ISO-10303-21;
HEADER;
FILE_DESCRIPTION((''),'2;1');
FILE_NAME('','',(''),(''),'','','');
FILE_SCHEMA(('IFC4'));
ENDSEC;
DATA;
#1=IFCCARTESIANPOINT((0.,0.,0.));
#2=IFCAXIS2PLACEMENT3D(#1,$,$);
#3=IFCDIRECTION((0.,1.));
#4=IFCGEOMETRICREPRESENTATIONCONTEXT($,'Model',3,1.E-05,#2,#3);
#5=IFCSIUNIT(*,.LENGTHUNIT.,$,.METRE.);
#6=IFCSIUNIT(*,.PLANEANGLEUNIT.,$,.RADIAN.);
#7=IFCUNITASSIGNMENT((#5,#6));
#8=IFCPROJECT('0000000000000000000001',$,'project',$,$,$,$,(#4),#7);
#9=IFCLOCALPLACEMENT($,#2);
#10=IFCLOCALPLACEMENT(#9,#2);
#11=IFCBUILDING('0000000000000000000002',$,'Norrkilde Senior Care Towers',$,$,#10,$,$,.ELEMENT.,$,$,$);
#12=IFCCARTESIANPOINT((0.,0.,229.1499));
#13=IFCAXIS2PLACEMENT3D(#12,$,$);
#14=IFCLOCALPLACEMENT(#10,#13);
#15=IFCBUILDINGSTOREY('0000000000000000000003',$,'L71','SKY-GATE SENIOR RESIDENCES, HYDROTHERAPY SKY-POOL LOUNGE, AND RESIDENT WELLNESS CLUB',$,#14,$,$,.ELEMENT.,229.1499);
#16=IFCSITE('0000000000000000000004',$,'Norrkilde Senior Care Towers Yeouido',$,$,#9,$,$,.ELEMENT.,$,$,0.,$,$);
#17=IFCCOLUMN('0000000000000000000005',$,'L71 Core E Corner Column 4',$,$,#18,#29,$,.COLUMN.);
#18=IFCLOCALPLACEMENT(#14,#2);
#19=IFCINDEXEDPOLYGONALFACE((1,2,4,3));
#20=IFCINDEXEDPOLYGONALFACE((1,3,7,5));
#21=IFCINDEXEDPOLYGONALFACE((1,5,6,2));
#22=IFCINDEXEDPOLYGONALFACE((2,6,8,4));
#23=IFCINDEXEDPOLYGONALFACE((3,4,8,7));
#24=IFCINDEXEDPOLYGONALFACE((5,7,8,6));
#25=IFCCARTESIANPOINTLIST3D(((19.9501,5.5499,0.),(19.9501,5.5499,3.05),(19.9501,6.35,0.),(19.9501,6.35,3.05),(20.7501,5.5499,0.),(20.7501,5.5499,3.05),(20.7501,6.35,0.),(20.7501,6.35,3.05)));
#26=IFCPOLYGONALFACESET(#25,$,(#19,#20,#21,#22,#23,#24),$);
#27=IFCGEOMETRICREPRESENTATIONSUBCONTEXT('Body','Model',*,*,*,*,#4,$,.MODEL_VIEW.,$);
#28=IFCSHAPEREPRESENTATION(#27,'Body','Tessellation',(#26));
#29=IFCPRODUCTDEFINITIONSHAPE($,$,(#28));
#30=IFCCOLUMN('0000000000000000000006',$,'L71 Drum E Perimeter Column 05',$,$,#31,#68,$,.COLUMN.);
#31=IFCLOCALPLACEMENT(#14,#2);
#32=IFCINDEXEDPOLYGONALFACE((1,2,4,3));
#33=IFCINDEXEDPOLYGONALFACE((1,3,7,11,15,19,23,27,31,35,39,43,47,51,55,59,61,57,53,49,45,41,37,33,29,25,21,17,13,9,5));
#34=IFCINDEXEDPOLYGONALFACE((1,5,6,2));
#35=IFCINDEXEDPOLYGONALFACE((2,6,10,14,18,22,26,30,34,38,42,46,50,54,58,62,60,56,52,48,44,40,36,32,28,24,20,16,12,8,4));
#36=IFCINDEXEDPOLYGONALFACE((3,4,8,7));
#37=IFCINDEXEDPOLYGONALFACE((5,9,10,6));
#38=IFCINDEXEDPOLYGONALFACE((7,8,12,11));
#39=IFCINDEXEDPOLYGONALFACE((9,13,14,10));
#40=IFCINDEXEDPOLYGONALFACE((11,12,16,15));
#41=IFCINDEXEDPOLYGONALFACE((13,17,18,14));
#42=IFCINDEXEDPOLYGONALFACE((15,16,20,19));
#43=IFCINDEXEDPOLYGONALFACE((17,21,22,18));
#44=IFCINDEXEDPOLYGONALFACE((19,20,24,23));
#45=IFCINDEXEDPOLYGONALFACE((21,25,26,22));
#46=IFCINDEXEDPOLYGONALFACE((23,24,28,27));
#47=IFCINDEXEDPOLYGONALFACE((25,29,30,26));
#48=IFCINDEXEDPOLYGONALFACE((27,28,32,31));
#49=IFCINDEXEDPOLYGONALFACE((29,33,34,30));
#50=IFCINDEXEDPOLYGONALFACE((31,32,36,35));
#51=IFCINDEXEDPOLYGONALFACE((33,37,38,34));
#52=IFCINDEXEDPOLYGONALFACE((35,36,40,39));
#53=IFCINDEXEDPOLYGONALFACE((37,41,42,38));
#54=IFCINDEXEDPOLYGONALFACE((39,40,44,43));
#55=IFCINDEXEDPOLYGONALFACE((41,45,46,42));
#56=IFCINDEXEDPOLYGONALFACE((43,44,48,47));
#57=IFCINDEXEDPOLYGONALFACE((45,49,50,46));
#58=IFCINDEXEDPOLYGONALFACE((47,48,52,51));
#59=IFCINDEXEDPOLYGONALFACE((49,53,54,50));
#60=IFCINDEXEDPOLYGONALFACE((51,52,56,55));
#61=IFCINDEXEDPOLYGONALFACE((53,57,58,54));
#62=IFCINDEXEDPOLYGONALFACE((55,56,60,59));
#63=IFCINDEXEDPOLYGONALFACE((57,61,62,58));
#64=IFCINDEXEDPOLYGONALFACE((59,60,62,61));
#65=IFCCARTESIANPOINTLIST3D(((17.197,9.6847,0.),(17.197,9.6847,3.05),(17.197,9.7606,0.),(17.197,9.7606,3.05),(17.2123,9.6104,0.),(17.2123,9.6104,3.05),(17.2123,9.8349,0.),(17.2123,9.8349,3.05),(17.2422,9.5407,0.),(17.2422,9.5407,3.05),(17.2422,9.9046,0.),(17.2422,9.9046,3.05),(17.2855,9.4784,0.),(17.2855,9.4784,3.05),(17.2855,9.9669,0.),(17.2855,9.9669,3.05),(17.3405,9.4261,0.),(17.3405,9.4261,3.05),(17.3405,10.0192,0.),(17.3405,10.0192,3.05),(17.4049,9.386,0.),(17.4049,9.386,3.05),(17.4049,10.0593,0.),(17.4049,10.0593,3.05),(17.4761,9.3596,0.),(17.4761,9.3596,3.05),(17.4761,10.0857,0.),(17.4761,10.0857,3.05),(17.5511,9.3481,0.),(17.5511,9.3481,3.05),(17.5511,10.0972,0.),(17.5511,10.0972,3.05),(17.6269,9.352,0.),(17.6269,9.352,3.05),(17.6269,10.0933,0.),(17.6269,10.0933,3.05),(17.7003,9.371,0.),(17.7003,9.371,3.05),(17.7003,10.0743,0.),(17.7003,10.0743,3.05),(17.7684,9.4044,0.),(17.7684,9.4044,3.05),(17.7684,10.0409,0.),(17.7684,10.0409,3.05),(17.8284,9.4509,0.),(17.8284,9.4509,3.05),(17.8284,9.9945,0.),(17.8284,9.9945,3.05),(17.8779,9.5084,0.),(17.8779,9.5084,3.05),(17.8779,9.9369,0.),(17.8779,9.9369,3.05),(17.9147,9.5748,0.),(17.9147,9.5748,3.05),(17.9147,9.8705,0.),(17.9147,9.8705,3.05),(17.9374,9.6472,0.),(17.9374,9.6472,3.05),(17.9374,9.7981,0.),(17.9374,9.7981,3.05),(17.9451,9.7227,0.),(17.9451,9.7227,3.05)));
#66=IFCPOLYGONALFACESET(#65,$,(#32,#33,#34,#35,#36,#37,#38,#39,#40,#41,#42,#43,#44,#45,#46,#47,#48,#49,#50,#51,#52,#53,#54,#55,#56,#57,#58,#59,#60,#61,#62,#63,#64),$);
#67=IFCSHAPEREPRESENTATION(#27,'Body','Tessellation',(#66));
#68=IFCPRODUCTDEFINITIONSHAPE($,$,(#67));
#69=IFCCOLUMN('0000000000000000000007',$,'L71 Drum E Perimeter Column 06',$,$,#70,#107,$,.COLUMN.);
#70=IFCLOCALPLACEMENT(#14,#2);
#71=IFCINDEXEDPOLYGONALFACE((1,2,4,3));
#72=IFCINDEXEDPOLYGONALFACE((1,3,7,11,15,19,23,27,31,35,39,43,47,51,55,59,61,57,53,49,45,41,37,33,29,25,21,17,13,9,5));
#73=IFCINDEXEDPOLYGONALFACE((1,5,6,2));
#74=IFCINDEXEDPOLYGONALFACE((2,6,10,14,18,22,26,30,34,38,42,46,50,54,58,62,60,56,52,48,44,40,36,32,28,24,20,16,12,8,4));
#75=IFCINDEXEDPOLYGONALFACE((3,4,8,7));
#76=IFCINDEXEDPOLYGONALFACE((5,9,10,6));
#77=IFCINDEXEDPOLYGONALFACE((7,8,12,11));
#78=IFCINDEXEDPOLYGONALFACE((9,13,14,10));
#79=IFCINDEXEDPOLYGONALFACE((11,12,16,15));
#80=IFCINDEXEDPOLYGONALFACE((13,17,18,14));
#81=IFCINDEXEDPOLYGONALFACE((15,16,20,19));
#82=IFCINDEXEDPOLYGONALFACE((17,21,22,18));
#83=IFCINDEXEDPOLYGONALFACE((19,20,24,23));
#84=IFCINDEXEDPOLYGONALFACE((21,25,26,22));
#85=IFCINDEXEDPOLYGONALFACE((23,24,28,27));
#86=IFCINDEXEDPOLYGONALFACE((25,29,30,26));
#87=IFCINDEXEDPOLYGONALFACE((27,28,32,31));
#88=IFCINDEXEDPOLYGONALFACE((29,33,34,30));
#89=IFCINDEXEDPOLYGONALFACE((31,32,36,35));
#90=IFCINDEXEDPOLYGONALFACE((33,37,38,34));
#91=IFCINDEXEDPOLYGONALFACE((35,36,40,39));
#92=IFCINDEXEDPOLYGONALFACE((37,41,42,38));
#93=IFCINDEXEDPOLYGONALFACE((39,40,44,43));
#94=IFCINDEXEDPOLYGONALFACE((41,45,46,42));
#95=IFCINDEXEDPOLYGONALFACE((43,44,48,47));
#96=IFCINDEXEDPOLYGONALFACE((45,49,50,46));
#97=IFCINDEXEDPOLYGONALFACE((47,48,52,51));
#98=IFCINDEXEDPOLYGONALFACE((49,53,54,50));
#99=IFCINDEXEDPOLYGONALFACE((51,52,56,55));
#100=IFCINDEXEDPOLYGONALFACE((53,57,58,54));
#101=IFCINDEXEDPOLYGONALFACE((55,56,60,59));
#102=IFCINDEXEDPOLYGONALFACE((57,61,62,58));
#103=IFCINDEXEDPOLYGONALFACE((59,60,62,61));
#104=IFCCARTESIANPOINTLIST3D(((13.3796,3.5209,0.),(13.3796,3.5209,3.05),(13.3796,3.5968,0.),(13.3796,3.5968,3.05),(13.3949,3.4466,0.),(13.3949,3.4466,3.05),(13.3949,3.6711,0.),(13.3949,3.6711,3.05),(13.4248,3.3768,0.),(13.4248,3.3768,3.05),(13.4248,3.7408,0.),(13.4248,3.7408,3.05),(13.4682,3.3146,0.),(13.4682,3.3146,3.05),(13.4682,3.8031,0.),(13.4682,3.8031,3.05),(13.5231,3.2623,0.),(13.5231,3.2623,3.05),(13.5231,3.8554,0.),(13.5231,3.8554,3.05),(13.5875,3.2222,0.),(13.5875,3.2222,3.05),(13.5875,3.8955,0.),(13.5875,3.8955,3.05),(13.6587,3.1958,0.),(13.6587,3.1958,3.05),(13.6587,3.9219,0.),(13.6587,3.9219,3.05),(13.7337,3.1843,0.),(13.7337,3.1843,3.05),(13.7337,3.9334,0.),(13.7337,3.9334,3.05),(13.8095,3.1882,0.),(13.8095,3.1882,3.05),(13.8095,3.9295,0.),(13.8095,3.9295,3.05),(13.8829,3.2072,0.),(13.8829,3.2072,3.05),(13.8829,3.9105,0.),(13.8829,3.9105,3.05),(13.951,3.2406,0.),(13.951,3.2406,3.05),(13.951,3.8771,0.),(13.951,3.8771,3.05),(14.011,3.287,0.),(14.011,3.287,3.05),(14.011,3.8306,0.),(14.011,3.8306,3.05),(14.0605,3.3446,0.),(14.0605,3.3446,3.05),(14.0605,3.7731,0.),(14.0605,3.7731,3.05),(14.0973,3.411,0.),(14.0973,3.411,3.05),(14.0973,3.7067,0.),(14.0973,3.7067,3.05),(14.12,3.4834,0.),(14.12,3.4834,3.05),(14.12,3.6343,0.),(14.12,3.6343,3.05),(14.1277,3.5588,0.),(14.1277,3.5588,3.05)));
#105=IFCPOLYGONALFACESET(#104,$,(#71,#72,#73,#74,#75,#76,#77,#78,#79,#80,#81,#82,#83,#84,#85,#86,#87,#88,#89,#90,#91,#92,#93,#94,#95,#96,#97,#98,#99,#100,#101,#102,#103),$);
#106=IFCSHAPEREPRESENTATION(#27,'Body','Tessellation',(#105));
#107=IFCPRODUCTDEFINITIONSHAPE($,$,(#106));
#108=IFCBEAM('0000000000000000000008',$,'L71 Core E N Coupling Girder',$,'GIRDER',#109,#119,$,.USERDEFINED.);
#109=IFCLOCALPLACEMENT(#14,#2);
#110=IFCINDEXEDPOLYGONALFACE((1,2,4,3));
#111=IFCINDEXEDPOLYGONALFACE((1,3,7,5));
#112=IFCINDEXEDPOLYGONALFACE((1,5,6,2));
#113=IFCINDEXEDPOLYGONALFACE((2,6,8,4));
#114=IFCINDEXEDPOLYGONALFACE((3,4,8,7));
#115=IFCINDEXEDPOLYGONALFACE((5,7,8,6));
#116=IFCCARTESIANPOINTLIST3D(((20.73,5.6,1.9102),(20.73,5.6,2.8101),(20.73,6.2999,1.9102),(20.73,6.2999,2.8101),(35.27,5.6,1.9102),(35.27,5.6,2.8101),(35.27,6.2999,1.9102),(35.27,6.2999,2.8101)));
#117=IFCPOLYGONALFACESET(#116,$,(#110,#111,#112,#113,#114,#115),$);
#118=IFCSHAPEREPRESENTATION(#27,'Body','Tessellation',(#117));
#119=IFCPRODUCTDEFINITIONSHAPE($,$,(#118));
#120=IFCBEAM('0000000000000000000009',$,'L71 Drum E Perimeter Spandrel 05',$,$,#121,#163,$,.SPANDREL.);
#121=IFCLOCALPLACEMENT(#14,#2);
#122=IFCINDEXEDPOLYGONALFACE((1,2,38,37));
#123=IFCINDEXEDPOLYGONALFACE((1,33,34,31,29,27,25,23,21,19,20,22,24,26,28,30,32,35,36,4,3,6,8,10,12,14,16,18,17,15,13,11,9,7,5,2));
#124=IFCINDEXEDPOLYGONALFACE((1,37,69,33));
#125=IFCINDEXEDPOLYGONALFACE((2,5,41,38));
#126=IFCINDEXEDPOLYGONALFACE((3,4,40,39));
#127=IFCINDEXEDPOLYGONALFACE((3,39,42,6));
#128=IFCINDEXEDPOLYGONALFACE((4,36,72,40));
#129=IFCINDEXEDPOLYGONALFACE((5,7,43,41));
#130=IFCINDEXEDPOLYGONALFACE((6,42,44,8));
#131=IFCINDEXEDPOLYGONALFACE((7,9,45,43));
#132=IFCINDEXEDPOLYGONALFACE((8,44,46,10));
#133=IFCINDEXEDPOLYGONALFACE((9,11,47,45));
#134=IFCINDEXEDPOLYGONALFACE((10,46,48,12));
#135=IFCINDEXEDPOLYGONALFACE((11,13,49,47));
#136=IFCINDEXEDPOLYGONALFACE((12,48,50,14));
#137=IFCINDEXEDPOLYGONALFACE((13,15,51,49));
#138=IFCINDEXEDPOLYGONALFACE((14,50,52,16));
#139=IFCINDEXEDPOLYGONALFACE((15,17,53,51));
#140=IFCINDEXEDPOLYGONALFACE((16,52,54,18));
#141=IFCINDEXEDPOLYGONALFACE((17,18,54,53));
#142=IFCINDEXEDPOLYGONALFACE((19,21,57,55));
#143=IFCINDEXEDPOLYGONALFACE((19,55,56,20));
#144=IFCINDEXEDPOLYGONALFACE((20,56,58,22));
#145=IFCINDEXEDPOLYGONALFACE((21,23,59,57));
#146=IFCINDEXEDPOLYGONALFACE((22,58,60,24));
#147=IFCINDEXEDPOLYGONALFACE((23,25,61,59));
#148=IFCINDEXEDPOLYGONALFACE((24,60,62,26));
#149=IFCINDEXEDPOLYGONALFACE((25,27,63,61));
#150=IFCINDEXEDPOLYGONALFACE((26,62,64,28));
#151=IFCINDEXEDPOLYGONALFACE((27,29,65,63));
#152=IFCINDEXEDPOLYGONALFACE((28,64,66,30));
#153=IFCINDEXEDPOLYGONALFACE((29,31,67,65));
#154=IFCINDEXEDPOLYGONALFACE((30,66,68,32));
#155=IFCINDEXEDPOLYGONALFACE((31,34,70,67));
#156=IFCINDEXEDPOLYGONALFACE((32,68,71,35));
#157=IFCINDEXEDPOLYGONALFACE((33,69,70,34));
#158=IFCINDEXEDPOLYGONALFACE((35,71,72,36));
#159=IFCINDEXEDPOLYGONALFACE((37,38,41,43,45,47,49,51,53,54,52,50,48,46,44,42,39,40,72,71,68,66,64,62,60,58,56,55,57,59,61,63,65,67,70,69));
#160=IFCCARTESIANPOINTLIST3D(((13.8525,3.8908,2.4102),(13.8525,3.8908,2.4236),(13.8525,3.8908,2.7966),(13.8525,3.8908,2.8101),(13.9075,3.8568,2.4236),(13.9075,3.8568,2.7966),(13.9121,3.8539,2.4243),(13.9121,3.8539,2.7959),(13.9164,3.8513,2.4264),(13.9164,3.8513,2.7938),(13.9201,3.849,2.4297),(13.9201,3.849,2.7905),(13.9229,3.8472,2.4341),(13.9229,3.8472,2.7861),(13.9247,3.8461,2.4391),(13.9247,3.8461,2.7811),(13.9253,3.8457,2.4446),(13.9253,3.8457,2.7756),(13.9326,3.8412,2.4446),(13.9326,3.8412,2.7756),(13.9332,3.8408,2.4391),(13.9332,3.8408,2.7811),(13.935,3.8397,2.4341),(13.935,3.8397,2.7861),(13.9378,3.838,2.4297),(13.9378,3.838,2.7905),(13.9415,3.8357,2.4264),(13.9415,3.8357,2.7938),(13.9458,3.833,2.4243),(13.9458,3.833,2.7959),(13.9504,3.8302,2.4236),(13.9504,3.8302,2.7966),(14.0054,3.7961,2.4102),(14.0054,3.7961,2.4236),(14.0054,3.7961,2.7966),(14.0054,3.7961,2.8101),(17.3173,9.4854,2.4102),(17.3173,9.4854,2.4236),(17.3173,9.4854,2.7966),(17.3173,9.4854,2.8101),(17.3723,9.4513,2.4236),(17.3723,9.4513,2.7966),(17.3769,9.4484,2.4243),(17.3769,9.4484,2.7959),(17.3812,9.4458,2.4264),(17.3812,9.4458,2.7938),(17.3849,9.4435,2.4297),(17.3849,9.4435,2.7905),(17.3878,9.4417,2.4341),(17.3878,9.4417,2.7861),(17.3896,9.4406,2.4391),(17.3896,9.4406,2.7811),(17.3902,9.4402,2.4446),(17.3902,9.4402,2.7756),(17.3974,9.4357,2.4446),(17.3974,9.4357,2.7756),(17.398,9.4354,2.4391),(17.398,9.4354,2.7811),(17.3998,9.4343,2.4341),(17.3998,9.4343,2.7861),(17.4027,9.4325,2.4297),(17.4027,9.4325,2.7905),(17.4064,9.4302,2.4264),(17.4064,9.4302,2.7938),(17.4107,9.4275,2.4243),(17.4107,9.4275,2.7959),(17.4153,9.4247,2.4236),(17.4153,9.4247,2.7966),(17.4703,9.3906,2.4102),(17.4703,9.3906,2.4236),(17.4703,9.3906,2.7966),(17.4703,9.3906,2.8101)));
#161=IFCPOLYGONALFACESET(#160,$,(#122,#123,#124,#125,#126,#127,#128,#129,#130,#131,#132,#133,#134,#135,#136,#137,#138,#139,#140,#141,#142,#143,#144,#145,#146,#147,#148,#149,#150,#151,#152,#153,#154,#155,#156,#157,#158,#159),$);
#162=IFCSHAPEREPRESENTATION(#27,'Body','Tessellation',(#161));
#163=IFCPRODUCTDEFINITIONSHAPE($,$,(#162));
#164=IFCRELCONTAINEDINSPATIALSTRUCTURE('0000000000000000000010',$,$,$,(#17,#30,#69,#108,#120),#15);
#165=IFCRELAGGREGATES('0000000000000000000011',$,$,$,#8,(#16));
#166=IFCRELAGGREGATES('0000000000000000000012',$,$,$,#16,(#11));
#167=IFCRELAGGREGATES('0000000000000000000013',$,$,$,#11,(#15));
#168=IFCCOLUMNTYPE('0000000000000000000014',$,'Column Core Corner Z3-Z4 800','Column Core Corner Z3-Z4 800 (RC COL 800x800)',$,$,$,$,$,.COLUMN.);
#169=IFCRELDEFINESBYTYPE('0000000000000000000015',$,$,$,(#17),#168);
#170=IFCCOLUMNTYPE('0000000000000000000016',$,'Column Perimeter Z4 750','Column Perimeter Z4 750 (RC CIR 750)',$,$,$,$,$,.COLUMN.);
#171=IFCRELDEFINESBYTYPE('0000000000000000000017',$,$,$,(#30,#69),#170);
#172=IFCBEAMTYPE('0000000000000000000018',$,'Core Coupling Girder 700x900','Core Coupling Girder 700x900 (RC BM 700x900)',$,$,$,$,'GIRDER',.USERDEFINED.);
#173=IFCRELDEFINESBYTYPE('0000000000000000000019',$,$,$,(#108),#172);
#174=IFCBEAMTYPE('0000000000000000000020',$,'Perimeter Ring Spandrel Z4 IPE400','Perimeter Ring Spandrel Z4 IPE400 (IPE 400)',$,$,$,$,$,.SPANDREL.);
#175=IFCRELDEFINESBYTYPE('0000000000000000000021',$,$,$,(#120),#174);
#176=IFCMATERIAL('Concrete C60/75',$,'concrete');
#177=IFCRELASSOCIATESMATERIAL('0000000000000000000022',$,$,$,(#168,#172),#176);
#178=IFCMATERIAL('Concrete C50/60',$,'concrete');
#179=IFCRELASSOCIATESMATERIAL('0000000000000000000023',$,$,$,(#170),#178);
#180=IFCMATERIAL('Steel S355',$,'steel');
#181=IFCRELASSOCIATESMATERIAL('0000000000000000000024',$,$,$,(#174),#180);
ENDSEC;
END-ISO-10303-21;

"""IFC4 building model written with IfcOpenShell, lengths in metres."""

from ifc_helpers import new_model, si_unit, direction, frame, origin, origin_2d, place, context, subcontext, project, spatial, rectangle, circle, i_section, extrude, source, transform, mapped, material, material_profile, profile_set, type_object, type_shapes, element, save


model = new_model("IFC4")

# Units and contexts
model_context = context("Model", 3, precision=1e-05, world=origin(), true_north=direction((0.0, 1.0)))
body_context = subcontext(model_context, "Body", "Model", "MODEL_VIEW")
ifc_project = project(units=[si_unit("LENGTHUNIT", "METRE"), si_unit("PLANEANGLEUNIT", "RADIAN")], contexts=[model_context])

# Site, building, storey
site_placement = place(None, origin())
site = spatial("IfcSite", under=ifc_project, at=site_placement, Name="Norrkilde Senior Care Towers Yeouido", CompositionType="ELEMENT", RefElevation=0.0)
building_placement = place(site_placement, origin())
building = spatial("IfcBuilding", under=site, at=building_placement, Name="Norrkilde Senior Care Towers", CompositionType="ELEMENT")
storey_placement = place(building_placement, frame((0.0, 0.0, 229.1499)))
storey = spatial("IfcBuildingStorey", under=building, at=storey_placement, Name="L71", Description="SKY-GATE SENIOR RESIDENCES, HYDROTHERAPY SKY-POOL LOUNGE, AND RESIDENT WELLNESS CLUB", CompositionType="ELEMENT", Elevation=229.1499)

# Columns
ifc_material_1 = material(Name="Concrete C60/75", Category="concrete")
ifc_material_profile_1 = material_profile(ifc_material_1, rectangle(XDim=0.8, YDim=0.8, at=origin_2d()), Name="RC COL 800x800")
ifc_profile_set_1 = profile_set([ifc_material_profile_1], Name="Concrete C60/75")
column_type_1 = type_object("IfcColumnType", Name="Column Core Corner Z3-Z4 800", Description="Column Core Corner Z3-Z4 800 (RC COL 800x800)", PredefinedType="COLUMN", material=ifc_profile_set_1)
shared_shape_1 = source(origin(), body_context, "Body", "SweptSolid", [
    extrude(rectangle(XDim=0.8, YDim=0.8, at=origin_2d()), origin(), (0.0, 0.0, 1.0), 3.05),
])
type_shapes(column_type_1, [shared_shape_1])
column_placement = place(storey_placement, frame((20.3501, 5.95, 0.0), z_axis=(0.0, 0.0, 1.0), x_axis=(1.0, 0.0, 0.0)))
element("IfcColumn", 1, at=column_placement, inside=storey, type_object=column_type_1, Name="L71 Core E Corner Column 4", PredefinedType="COLUMN", context=body_context, shape_type="MappedRepresentation", body=[
    mapped(shared_shape_1, transform((0.0, 0.0, 0.0), x_axis=(1.0, 0.0, 0.0), y_axis=(0.0, 1.0, 0.0), z_axis=(0.0, 0.0, 1.0), scale=1.0)),
])
ifc_material_2 = material(Name="Concrete C50/60", Category="concrete")
ifc_material_profile_2 = material_profile(ifc_material_2, circle(Radius=0.375, at=origin_2d()), Name="RC CIR 750")
ifc_profile_set_2 = profile_set([ifc_material_profile_2], Name="Concrete C50/60")
column_type_2 = type_object("IfcColumnType", Name="Column Perimeter Z4 750", Description="Column Perimeter Z4 750 (RC CIR 750)", PredefinedType="COLUMN", material=ifc_profile_set_2)
shared_shape_2 = source(origin(), body_context, "Body", "SweptSolid", [
    extrude(circle(Radius=0.375, at=origin_2d()), origin(), (0.0, 0.0, 1.0), 3.05),
])
type_shapes(column_type_2, [shared_shape_2])
for number, where, z_axis, x_axis, name in (
    (2, (17.5701, 9.7227, 0.0), (0.0, 0.0, 1.0), (1.0, 0.0, 0.0), "L71 Drum E Perimeter Column 05"),
    (3, (13.7527, 3.5588, 0.0), (0.0, 0.0, 1.0), (1.0, 0.0, 0.0), "L71 Drum E Perimeter Column 06"),
):
    element("IfcColumn", number, at=place(storey_placement, frame(where, z_axis=z_axis, x_axis=x_axis)), inside=storey, type_object=column_type_2, Name=name, PredefinedType="COLUMN", context=body_context, shape_type="MappedRepresentation", body=[
        mapped(shared_shape_2, transform((0.0, 0.0, 0.0), x_axis=(1.0, 0.0, 0.0), y_axis=(0.0, 1.0, 0.0), z_axis=(0.0, 0.0, 1.0), scale=1.0)),
    ])

# Beams
ifc_material_profile_3 = material_profile(ifc_material_1, rectangle(XDim=0.7, YDim=0.8999, at=origin_2d()), Name="RC BM 700x900")
ifc_profile_set_3 = profile_set([ifc_material_profile_3], Name="Concrete C60/75")
beam_type_1 = type_object("IfcBeamType", Name="Core Coupling Girder 700x900", Description="Core Coupling Girder 700x900 (RC BM 700x900)", ElementType="GIRDER", PredefinedType="USERDEFINED", material=ifc_profile_set_3)
shared_shape_3 = source(origin(), body_context, "Body", "SweptSolid", [
    extrude(rectangle(XDim=0.7, YDim=0.8999, at=origin_2d()), origin(), (0.0, 0.0, 1.0), 14.54),
])
type_shapes(beam_type_1, [shared_shape_3])
beam_1_placement = place(storey_placement, frame((20.73, 5.95, 2.3601), z_axis=(1.0, 0.0, 0.0), x_axis=(0.0, 1.0, 0.0)))
element("IfcBeam", 4, at=beam_1_placement, inside=storey, type_object=beam_type_1, Name="L71 Core E N Coupling Girder", ObjectType="GIRDER", PredefinedType="USERDEFINED", context=body_context, shape_type="MappedRepresentation", body=[
    mapped(shared_shape_3, transform((0.0, 0.0, 0.0), x_axis=(1.0, 0.0, 0.0), y_axis=(0.0, 1.0, 0.0), z_axis=(0.0, 0.0, 1.0), scale=1.0)),
])
ifc_material_3 = material(Name="Steel S355", Category="steel")
ifc_material_profile_4 = material_profile(ifc_material_3, i_section(OverallWidth=0.1799, OverallDepth=0.3999, WebThickness=0.0085, FlangeThickness=0.0134, FilletRadius=0.021, at=origin_2d()), Name="IPE 400")
ifc_profile_set_4 = profile_set([ifc_material_profile_4], Name="Steel S355")
beam_type_2 = type_object("IfcBeamType", Name="Perimeter Ring Spandrel Z4 IPE400", Description="Perimeter Ring Spandrel Z4 IPE400 (IPE 400)", PredefinedType="SPANDREL", material=ifc_profile_set_4)
shared_shape_4 = source(origin(), body_context, "Body", "SweptSolid", [
    extrude(i_section(OverallWidth=0.1799, OverallDepth=0.3999, WebThickness=0.0085, FlangeThickness=0.0134, FilletRadius=0.021, at=origin_2d()), origin(), (0.0, 0.0, 1.0), 6.5806),
])
beam_2_placement = place(storey_placement, frame((17.3938, 9.438, 2.6101), z_axis=(-0.52653, -0.850157, 0.0), x_axis=(0.850157, -0.52653, 0.0)))
element("IfcBeam", 5, at=beam_2_placement, inside=storey, type_object=beam_type_2, Name="L71 Drum E Perimeter Spandrel 05", PredefinedType="SPANDREL", context=body_context, shape_type="MappedRepresentation", body=[
    mapped(shared_shape_4, transform((0.0, 0.0, 0.0), x_axis=(1.0, 0.0, 0.0), y_axis=(0.0, 1.0, 0.0), z_axis=(0.0, 0.0, 1.0), scale=1.0)),
])

save(model, "model.ifc")
